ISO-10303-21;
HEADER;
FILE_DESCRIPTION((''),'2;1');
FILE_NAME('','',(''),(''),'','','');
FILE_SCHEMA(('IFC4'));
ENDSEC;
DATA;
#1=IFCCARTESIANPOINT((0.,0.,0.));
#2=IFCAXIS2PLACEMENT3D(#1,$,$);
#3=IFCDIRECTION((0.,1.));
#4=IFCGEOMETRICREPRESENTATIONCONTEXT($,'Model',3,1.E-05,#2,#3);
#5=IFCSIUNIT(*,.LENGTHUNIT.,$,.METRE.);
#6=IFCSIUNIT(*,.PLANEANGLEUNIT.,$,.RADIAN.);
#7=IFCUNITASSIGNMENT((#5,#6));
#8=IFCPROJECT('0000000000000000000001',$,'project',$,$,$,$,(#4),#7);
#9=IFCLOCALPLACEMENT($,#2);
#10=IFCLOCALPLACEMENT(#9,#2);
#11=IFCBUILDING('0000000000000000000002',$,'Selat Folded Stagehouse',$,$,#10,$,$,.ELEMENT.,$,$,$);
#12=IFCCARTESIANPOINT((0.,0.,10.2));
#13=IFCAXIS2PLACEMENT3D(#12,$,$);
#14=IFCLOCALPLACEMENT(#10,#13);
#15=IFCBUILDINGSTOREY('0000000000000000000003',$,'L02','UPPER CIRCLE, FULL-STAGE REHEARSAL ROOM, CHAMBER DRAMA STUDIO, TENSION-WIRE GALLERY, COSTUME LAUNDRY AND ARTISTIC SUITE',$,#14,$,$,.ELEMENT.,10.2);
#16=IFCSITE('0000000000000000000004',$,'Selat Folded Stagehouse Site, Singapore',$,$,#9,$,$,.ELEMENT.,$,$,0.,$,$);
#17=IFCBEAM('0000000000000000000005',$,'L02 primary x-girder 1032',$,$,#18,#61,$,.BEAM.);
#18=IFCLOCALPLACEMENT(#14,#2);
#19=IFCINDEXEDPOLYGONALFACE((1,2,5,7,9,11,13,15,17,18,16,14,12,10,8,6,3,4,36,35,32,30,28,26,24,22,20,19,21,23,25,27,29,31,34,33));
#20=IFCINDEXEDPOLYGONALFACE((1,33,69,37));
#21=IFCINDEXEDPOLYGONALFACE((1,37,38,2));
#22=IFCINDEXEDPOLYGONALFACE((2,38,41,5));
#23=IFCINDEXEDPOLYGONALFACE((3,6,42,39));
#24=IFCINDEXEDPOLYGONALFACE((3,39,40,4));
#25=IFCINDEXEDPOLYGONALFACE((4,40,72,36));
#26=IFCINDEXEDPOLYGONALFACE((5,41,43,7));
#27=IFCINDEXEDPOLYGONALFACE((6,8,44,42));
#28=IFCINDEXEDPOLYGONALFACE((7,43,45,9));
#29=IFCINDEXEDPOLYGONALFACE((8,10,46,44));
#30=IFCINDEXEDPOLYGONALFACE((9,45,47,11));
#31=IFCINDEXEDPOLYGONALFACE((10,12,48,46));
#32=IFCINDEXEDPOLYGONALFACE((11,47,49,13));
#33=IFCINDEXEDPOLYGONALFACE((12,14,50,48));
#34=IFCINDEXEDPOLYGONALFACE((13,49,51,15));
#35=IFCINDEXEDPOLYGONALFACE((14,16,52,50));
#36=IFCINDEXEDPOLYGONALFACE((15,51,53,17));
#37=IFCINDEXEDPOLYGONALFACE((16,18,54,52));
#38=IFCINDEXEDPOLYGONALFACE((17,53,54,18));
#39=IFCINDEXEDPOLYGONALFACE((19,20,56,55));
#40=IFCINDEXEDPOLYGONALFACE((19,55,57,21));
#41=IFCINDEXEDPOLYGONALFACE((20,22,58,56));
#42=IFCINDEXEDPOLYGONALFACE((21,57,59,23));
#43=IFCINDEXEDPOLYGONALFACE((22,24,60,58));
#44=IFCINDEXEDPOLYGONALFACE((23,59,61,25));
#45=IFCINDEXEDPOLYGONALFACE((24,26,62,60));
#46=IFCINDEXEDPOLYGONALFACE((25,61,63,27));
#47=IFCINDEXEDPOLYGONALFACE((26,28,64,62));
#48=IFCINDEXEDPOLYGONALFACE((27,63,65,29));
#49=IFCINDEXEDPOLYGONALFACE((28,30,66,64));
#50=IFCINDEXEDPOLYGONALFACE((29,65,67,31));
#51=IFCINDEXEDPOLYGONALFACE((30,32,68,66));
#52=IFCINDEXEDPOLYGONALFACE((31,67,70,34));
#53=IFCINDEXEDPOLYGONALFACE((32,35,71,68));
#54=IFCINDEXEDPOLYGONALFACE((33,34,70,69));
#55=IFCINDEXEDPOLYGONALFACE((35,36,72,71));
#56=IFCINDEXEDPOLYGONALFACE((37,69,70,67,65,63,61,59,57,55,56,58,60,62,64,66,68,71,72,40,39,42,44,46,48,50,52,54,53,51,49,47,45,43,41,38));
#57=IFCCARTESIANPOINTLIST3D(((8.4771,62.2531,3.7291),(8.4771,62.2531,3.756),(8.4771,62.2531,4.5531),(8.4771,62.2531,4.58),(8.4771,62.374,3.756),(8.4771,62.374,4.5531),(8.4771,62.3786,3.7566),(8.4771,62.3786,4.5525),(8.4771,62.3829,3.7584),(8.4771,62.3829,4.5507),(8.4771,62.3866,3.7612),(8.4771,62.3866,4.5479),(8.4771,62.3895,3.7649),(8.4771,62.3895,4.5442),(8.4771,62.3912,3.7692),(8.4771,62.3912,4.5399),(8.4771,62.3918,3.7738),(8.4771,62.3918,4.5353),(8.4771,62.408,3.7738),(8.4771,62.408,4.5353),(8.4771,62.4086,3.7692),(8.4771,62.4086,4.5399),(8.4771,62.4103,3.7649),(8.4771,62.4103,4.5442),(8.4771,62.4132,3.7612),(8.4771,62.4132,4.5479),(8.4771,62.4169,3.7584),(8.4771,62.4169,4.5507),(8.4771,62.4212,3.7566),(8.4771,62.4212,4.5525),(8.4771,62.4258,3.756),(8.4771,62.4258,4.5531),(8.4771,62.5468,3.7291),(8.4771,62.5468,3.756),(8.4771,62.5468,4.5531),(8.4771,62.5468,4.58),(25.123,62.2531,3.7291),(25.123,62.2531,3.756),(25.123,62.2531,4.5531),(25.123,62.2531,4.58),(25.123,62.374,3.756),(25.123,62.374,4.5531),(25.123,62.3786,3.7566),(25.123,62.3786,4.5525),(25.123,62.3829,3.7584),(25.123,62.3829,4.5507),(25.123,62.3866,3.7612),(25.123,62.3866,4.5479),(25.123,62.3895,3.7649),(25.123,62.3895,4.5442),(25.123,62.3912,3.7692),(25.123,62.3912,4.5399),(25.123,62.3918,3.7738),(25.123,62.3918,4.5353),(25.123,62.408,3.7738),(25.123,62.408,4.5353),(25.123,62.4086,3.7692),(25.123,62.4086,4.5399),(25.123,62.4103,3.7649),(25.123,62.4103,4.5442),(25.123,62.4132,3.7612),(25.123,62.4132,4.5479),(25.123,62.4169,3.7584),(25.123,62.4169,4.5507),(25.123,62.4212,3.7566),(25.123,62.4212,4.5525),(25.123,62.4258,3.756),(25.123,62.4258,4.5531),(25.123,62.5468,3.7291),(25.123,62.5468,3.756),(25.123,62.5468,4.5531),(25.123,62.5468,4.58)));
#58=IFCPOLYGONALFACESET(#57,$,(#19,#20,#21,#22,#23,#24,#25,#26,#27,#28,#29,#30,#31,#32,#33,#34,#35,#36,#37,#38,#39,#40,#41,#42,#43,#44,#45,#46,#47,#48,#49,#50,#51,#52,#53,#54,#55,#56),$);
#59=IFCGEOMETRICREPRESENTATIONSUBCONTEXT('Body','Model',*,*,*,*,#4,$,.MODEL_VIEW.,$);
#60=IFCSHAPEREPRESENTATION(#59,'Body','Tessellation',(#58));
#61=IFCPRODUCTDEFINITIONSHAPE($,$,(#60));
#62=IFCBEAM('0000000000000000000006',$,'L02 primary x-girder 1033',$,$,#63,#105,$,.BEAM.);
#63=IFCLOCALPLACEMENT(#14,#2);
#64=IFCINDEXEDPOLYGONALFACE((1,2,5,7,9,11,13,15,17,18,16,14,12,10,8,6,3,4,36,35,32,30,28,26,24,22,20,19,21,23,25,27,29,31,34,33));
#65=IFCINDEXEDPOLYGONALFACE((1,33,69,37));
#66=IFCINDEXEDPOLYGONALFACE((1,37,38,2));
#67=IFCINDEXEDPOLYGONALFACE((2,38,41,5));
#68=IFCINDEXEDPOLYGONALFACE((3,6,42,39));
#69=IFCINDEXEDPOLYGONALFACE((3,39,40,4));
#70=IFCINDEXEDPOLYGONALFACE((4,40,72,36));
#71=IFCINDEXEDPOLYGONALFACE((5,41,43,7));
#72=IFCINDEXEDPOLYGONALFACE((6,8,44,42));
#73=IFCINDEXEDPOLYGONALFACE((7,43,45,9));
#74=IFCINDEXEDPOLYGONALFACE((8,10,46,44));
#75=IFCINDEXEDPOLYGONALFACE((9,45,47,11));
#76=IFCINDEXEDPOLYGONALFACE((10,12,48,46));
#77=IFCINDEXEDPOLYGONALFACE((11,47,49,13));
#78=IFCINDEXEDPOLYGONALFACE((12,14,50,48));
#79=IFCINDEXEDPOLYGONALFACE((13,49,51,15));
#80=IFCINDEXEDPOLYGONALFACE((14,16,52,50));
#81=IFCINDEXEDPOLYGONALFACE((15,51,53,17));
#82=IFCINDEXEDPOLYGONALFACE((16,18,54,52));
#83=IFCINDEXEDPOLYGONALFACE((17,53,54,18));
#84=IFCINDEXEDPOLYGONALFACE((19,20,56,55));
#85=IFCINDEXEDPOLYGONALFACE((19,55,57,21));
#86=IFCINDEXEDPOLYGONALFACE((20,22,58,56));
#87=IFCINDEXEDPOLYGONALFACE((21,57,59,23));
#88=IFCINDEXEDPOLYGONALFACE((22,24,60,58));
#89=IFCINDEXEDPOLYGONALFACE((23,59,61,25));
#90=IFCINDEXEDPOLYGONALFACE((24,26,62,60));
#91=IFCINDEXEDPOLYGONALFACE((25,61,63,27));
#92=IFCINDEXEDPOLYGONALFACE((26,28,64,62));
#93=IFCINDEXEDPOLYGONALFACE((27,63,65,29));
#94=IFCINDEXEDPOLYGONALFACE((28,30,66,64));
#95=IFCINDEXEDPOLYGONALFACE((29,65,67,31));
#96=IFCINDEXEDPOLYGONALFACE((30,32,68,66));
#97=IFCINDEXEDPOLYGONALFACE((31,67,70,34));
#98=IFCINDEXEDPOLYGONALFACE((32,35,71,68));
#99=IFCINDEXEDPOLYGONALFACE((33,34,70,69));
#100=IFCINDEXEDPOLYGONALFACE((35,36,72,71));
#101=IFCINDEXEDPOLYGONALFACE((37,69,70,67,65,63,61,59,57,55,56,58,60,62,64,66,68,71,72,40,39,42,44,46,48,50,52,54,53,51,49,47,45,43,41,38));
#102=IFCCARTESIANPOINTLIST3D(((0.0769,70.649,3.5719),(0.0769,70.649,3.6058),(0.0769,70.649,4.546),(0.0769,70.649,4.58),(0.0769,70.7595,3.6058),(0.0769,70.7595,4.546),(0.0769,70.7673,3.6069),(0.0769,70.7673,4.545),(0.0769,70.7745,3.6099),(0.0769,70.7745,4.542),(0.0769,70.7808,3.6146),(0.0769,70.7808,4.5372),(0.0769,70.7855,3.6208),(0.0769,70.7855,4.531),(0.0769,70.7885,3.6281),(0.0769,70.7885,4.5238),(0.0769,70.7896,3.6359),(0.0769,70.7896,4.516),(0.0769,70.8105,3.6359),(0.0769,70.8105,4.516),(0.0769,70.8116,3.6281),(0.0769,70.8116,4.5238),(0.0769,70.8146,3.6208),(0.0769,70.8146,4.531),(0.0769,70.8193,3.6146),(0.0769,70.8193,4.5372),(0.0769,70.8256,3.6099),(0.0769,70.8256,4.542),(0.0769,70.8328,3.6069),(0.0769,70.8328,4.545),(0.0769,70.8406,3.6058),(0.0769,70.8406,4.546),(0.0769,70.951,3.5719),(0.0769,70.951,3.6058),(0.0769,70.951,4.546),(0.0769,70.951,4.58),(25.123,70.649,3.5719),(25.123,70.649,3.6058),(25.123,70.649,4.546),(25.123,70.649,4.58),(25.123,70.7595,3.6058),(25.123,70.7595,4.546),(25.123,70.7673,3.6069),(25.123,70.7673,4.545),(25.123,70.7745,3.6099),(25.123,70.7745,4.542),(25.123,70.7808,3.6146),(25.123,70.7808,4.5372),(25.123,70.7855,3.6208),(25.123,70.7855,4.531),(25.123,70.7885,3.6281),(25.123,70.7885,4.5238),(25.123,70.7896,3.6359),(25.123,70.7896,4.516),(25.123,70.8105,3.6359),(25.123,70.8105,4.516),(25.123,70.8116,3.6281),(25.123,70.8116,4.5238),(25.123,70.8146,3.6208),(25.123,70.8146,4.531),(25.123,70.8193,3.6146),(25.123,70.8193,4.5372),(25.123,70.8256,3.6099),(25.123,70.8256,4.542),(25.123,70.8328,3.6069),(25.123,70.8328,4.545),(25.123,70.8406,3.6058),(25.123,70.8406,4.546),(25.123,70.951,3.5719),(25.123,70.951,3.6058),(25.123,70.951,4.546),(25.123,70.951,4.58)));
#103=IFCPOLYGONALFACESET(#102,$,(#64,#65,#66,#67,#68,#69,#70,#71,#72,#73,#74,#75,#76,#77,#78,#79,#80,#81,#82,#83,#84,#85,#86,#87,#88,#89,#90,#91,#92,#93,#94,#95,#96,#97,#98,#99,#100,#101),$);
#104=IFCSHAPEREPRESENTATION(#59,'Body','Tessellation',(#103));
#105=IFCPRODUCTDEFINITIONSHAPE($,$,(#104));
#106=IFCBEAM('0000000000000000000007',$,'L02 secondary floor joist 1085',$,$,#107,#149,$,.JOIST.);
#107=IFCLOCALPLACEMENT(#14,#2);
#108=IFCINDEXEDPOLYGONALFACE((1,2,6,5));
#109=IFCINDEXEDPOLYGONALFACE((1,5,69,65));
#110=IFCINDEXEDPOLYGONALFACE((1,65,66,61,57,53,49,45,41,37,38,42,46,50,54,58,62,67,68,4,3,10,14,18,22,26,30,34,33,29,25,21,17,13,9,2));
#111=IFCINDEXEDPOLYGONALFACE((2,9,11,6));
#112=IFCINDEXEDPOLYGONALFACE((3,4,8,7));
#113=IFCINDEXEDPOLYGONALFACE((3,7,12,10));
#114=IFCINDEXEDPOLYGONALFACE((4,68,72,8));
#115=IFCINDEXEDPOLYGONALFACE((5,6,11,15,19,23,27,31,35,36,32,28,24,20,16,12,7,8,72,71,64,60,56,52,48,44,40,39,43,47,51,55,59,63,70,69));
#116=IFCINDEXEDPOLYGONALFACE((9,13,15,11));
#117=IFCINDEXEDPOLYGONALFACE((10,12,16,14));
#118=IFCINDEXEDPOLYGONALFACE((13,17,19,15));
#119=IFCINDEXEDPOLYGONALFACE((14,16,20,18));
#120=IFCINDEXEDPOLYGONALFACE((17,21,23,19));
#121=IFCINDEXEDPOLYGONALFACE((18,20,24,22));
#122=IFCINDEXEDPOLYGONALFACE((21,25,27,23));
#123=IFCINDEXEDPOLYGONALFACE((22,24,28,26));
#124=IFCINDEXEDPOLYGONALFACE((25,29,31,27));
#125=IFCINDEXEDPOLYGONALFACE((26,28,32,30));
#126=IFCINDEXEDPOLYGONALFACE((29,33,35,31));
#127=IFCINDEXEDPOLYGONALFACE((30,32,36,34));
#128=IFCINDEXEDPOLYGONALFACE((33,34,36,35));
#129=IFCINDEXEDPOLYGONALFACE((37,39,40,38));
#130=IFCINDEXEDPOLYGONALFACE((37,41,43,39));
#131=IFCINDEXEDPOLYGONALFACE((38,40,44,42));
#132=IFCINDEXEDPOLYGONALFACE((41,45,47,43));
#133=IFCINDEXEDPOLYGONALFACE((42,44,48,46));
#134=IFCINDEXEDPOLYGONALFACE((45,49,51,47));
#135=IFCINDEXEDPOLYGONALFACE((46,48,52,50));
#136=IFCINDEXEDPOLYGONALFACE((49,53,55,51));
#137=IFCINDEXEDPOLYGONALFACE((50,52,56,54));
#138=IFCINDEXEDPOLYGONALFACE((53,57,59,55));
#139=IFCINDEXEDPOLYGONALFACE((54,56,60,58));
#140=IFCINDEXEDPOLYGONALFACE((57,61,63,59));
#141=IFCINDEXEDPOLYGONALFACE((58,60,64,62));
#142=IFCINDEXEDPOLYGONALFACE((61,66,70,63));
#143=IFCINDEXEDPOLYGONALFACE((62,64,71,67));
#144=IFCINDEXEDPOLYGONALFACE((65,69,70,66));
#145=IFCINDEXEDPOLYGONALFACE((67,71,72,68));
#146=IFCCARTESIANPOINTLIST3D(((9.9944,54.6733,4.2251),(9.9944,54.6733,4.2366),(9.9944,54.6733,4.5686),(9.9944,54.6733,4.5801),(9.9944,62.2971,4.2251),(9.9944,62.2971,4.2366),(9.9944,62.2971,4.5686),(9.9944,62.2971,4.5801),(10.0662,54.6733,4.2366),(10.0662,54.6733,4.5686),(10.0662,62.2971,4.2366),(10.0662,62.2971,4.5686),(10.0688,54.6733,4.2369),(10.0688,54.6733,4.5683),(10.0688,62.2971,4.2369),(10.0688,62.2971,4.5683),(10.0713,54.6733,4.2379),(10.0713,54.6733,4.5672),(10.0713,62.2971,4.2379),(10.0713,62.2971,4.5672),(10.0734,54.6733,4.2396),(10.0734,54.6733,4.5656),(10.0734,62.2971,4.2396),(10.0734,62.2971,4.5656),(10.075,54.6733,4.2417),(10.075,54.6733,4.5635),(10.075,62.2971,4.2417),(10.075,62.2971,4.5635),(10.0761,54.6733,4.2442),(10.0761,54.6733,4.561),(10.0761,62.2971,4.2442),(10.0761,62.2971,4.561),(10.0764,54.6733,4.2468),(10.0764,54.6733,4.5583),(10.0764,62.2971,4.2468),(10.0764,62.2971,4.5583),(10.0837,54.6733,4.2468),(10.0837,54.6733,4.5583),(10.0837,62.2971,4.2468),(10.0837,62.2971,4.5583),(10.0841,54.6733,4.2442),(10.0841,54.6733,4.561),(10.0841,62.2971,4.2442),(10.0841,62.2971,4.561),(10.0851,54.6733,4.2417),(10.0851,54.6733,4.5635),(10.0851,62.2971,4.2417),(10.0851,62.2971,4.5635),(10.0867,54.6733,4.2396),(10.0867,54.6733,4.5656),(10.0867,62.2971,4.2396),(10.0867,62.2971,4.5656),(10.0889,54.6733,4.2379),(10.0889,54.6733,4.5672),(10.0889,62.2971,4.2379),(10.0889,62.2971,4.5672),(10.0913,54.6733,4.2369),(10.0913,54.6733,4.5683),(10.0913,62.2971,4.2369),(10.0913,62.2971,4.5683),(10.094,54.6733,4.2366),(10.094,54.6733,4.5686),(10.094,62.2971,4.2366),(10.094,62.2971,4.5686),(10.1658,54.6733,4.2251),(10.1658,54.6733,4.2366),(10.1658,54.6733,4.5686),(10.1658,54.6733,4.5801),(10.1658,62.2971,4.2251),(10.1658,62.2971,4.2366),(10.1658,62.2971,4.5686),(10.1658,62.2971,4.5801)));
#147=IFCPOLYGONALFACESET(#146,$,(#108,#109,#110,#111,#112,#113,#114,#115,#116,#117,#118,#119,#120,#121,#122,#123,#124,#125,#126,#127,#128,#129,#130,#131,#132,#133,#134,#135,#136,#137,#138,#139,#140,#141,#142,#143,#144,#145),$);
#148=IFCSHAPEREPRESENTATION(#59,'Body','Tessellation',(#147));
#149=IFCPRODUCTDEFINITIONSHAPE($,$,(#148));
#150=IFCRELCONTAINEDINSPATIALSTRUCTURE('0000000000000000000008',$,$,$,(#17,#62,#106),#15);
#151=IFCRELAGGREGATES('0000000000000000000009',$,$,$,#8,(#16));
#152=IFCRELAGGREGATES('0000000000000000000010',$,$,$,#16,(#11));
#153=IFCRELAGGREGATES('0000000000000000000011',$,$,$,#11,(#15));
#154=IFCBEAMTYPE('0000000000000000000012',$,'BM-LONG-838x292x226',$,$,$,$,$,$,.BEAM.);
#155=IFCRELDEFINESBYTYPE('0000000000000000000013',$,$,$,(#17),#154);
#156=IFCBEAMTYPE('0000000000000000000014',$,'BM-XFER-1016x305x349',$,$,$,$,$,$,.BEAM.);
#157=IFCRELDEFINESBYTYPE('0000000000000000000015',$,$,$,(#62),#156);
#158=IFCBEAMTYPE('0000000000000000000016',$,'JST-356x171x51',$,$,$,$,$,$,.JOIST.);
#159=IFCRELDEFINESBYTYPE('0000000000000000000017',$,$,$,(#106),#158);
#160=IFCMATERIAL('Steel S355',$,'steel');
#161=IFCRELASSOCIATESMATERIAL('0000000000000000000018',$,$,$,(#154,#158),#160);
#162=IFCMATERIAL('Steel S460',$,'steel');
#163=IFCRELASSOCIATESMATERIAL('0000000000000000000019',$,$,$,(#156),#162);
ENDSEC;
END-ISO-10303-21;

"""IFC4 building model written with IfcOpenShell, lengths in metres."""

from ifc_helpers import new_model, si_unit, direction, frame, origin, origin_2d, place, context, subcontext, project, spatial, i_section, extrude, material, material_profile, profile_set, type_object, element, save


model = new_model("IFC4")

# Units and contexts
model_context = context("Model", 3, precision=1e-05, world=origin(), true_north=direction((0.0, 1.0)))
body_context = subcontext(model_context, "Body", "Model", "MODEL_VIEW")
ifc_project = project(units=[si_unit("LENGTHUNIT", "METRE"), si_unit("PLANEANGLEUNIT", "RADIAN")], contexts=[model_context])

# Site, building, storey
site_placement = place(None, origin())
site = spatial("IfcSite", under=ifc_project, at=site_placement, Name="Selat Folded Stagehouse Site, Singapore", CompositionType="ELEMENT", RefElevation=0.0)
building_placement = place(site_placement, origin())
building = spatial("IfcBuilding", under=site, at=building_placement, Name="Selat Folded Stagehouse", CompositionType="ELEMENT")
storey_placement = place(building_placement, frame((0.0, 0.0, 10.2)))
storey = spatial("IfcBuildingStorey", under=building, at=storey_placement, Name="L02", Description="UPPER CIRCLE, FULL-STAGE REHEARSAL ROOM, CHAMBER DRAMA STUDIO, TENSION-WIRE GALLERY, COSTUME LAUNDRY AND ARTISTIC SUITE", CompositionType="ELEMENT", Elevation=10.2)

# Shared definitions
ifc_material_1 = material(Name="Steel S355", Category="steel")

# Beams
ifc_material_profile_1 = material_profile(ifc_material_1, i_section(OverallWidth=0.2937, OverallDepth=0.8508, WebThickness=0.0161, FlangeThickness=0.0269, FilletRadius=0.0178, at=origin_2d()), Name="UKB 838x292x226")
ifc_profile_set_1 = profile_set([ifc_material_profile_1], Name="Steel S355")
beam_type_1 = type_object("IfcBeamType", Name="BM-LONG-838x292x226", PredefinedType="BEAM", material=ifc_profile_set_1)
beam_1_placement = place(storey_placement, frame((8.4771, 62.3999, 4.1545), z_axis=(1.0, 0.0, 0.0), x_axis=(0.0, 1.0, 0.0)))
element("IfcBeam", 1, at=beam_1_placement, inside=storey, type_object=beam_type_1, Name="L02 primary x-girder 1032", PredefinedType="BEAM", context=body_context, shape_type="SweptSolid", body=[
    extrude(i_section(OverallWidth=0.2937, OverallDepth=0.8508, WebThickness=0.0161, FlangeThickness=0.0269, FilletRadius=0.0178, at=origin_2d()), origin(), (0.0, 0.0, 1.0), 16.646),
])
ifc_material_2 = material(Name="Steel S460", Category="steel")
ifc_material_profile_2 = material_profile(ifc_material_2, i_section(OverallWidth=0.302, OverallDepth=1.0081, WebThickness=0.021, FlangeThickness=0.0339, FilletRadius=0.03, at=origin_2d()), Name="UKB 1016x305x349")
ifc_profile_set_2 = profile_set([ifc_material_profile_2], Name="Steel S460")
beam_type_2 = type_object("IfcBeamType", Name="BM-XFER-1016x305x349", PredefinedType="BEAM", material=ifc_profile_set_2)
beam_2_placement = place(storey_placement, frame((0.0769, 70.8, 4.0759), z_axis=(1.0, 0.0, 0.0), x_axis=(0.0, 1.0, 0.0)))
element("IfcBeam", 2, at=beam_2_placement, inside=storey, type_object=beam_type_2, Name="L02 primary x-girder 1033", PredefinedType="BEAM", context=body_context, shape_type="SweptSolid", body=[
    extrude(i_section(OverallWidth=0.302, OverallDepth=1.0081, WebThickness=0.021, FlangeThickness=0.0339, FilletRadius=0.03, at=origin_2d()), origin(), (0.0, 0.0, 1.0), 25.0461),
])
ifc_material_profile_3 = material_profile(ifc_material_1, i_section(OverallWidth=0.1714, OverallDepth=0.355, WebThickness=0.0073, FlangeThickness=0.0115, FilletRadius=0.0103, at=origin_2d()), Name="UKB 356x171x51")
ifc_profile_set_3 = profile_set([ifc_material_profile_3], Name="Steel S355")
beam_type_3 = type_object("IfcBeamType", Name="JST-356x171x51", PredefinedType="JOIST", material=ifc_profile_set_3)
beam_3_placement = place(storey_placement, frame((10.0801, 54.6733, 4.4026), z_axis=(0.0, 1.0, 0.0), x_axis=(-1.0, 0.0, 0.0)))
element("IfcBeam", 3, at=beam_3_placement, inside=storey, type_object=beam_type_3, Name="L02 secondary floor joist 1085", PredefinedType="JOIST", context=body_context, shape_type="SweptSolid", body=[
    extrude(i_section(OverallWidth=0.1714, OverallDepth=0.355, WebThickness=0.0073, FlangeThickness=0.0115, FilletRadius=0.0103, at=origin_2d()), origin(), (0.0, 0.0, 1.0), 7.6238),
])

save(model, "model.ifc")
